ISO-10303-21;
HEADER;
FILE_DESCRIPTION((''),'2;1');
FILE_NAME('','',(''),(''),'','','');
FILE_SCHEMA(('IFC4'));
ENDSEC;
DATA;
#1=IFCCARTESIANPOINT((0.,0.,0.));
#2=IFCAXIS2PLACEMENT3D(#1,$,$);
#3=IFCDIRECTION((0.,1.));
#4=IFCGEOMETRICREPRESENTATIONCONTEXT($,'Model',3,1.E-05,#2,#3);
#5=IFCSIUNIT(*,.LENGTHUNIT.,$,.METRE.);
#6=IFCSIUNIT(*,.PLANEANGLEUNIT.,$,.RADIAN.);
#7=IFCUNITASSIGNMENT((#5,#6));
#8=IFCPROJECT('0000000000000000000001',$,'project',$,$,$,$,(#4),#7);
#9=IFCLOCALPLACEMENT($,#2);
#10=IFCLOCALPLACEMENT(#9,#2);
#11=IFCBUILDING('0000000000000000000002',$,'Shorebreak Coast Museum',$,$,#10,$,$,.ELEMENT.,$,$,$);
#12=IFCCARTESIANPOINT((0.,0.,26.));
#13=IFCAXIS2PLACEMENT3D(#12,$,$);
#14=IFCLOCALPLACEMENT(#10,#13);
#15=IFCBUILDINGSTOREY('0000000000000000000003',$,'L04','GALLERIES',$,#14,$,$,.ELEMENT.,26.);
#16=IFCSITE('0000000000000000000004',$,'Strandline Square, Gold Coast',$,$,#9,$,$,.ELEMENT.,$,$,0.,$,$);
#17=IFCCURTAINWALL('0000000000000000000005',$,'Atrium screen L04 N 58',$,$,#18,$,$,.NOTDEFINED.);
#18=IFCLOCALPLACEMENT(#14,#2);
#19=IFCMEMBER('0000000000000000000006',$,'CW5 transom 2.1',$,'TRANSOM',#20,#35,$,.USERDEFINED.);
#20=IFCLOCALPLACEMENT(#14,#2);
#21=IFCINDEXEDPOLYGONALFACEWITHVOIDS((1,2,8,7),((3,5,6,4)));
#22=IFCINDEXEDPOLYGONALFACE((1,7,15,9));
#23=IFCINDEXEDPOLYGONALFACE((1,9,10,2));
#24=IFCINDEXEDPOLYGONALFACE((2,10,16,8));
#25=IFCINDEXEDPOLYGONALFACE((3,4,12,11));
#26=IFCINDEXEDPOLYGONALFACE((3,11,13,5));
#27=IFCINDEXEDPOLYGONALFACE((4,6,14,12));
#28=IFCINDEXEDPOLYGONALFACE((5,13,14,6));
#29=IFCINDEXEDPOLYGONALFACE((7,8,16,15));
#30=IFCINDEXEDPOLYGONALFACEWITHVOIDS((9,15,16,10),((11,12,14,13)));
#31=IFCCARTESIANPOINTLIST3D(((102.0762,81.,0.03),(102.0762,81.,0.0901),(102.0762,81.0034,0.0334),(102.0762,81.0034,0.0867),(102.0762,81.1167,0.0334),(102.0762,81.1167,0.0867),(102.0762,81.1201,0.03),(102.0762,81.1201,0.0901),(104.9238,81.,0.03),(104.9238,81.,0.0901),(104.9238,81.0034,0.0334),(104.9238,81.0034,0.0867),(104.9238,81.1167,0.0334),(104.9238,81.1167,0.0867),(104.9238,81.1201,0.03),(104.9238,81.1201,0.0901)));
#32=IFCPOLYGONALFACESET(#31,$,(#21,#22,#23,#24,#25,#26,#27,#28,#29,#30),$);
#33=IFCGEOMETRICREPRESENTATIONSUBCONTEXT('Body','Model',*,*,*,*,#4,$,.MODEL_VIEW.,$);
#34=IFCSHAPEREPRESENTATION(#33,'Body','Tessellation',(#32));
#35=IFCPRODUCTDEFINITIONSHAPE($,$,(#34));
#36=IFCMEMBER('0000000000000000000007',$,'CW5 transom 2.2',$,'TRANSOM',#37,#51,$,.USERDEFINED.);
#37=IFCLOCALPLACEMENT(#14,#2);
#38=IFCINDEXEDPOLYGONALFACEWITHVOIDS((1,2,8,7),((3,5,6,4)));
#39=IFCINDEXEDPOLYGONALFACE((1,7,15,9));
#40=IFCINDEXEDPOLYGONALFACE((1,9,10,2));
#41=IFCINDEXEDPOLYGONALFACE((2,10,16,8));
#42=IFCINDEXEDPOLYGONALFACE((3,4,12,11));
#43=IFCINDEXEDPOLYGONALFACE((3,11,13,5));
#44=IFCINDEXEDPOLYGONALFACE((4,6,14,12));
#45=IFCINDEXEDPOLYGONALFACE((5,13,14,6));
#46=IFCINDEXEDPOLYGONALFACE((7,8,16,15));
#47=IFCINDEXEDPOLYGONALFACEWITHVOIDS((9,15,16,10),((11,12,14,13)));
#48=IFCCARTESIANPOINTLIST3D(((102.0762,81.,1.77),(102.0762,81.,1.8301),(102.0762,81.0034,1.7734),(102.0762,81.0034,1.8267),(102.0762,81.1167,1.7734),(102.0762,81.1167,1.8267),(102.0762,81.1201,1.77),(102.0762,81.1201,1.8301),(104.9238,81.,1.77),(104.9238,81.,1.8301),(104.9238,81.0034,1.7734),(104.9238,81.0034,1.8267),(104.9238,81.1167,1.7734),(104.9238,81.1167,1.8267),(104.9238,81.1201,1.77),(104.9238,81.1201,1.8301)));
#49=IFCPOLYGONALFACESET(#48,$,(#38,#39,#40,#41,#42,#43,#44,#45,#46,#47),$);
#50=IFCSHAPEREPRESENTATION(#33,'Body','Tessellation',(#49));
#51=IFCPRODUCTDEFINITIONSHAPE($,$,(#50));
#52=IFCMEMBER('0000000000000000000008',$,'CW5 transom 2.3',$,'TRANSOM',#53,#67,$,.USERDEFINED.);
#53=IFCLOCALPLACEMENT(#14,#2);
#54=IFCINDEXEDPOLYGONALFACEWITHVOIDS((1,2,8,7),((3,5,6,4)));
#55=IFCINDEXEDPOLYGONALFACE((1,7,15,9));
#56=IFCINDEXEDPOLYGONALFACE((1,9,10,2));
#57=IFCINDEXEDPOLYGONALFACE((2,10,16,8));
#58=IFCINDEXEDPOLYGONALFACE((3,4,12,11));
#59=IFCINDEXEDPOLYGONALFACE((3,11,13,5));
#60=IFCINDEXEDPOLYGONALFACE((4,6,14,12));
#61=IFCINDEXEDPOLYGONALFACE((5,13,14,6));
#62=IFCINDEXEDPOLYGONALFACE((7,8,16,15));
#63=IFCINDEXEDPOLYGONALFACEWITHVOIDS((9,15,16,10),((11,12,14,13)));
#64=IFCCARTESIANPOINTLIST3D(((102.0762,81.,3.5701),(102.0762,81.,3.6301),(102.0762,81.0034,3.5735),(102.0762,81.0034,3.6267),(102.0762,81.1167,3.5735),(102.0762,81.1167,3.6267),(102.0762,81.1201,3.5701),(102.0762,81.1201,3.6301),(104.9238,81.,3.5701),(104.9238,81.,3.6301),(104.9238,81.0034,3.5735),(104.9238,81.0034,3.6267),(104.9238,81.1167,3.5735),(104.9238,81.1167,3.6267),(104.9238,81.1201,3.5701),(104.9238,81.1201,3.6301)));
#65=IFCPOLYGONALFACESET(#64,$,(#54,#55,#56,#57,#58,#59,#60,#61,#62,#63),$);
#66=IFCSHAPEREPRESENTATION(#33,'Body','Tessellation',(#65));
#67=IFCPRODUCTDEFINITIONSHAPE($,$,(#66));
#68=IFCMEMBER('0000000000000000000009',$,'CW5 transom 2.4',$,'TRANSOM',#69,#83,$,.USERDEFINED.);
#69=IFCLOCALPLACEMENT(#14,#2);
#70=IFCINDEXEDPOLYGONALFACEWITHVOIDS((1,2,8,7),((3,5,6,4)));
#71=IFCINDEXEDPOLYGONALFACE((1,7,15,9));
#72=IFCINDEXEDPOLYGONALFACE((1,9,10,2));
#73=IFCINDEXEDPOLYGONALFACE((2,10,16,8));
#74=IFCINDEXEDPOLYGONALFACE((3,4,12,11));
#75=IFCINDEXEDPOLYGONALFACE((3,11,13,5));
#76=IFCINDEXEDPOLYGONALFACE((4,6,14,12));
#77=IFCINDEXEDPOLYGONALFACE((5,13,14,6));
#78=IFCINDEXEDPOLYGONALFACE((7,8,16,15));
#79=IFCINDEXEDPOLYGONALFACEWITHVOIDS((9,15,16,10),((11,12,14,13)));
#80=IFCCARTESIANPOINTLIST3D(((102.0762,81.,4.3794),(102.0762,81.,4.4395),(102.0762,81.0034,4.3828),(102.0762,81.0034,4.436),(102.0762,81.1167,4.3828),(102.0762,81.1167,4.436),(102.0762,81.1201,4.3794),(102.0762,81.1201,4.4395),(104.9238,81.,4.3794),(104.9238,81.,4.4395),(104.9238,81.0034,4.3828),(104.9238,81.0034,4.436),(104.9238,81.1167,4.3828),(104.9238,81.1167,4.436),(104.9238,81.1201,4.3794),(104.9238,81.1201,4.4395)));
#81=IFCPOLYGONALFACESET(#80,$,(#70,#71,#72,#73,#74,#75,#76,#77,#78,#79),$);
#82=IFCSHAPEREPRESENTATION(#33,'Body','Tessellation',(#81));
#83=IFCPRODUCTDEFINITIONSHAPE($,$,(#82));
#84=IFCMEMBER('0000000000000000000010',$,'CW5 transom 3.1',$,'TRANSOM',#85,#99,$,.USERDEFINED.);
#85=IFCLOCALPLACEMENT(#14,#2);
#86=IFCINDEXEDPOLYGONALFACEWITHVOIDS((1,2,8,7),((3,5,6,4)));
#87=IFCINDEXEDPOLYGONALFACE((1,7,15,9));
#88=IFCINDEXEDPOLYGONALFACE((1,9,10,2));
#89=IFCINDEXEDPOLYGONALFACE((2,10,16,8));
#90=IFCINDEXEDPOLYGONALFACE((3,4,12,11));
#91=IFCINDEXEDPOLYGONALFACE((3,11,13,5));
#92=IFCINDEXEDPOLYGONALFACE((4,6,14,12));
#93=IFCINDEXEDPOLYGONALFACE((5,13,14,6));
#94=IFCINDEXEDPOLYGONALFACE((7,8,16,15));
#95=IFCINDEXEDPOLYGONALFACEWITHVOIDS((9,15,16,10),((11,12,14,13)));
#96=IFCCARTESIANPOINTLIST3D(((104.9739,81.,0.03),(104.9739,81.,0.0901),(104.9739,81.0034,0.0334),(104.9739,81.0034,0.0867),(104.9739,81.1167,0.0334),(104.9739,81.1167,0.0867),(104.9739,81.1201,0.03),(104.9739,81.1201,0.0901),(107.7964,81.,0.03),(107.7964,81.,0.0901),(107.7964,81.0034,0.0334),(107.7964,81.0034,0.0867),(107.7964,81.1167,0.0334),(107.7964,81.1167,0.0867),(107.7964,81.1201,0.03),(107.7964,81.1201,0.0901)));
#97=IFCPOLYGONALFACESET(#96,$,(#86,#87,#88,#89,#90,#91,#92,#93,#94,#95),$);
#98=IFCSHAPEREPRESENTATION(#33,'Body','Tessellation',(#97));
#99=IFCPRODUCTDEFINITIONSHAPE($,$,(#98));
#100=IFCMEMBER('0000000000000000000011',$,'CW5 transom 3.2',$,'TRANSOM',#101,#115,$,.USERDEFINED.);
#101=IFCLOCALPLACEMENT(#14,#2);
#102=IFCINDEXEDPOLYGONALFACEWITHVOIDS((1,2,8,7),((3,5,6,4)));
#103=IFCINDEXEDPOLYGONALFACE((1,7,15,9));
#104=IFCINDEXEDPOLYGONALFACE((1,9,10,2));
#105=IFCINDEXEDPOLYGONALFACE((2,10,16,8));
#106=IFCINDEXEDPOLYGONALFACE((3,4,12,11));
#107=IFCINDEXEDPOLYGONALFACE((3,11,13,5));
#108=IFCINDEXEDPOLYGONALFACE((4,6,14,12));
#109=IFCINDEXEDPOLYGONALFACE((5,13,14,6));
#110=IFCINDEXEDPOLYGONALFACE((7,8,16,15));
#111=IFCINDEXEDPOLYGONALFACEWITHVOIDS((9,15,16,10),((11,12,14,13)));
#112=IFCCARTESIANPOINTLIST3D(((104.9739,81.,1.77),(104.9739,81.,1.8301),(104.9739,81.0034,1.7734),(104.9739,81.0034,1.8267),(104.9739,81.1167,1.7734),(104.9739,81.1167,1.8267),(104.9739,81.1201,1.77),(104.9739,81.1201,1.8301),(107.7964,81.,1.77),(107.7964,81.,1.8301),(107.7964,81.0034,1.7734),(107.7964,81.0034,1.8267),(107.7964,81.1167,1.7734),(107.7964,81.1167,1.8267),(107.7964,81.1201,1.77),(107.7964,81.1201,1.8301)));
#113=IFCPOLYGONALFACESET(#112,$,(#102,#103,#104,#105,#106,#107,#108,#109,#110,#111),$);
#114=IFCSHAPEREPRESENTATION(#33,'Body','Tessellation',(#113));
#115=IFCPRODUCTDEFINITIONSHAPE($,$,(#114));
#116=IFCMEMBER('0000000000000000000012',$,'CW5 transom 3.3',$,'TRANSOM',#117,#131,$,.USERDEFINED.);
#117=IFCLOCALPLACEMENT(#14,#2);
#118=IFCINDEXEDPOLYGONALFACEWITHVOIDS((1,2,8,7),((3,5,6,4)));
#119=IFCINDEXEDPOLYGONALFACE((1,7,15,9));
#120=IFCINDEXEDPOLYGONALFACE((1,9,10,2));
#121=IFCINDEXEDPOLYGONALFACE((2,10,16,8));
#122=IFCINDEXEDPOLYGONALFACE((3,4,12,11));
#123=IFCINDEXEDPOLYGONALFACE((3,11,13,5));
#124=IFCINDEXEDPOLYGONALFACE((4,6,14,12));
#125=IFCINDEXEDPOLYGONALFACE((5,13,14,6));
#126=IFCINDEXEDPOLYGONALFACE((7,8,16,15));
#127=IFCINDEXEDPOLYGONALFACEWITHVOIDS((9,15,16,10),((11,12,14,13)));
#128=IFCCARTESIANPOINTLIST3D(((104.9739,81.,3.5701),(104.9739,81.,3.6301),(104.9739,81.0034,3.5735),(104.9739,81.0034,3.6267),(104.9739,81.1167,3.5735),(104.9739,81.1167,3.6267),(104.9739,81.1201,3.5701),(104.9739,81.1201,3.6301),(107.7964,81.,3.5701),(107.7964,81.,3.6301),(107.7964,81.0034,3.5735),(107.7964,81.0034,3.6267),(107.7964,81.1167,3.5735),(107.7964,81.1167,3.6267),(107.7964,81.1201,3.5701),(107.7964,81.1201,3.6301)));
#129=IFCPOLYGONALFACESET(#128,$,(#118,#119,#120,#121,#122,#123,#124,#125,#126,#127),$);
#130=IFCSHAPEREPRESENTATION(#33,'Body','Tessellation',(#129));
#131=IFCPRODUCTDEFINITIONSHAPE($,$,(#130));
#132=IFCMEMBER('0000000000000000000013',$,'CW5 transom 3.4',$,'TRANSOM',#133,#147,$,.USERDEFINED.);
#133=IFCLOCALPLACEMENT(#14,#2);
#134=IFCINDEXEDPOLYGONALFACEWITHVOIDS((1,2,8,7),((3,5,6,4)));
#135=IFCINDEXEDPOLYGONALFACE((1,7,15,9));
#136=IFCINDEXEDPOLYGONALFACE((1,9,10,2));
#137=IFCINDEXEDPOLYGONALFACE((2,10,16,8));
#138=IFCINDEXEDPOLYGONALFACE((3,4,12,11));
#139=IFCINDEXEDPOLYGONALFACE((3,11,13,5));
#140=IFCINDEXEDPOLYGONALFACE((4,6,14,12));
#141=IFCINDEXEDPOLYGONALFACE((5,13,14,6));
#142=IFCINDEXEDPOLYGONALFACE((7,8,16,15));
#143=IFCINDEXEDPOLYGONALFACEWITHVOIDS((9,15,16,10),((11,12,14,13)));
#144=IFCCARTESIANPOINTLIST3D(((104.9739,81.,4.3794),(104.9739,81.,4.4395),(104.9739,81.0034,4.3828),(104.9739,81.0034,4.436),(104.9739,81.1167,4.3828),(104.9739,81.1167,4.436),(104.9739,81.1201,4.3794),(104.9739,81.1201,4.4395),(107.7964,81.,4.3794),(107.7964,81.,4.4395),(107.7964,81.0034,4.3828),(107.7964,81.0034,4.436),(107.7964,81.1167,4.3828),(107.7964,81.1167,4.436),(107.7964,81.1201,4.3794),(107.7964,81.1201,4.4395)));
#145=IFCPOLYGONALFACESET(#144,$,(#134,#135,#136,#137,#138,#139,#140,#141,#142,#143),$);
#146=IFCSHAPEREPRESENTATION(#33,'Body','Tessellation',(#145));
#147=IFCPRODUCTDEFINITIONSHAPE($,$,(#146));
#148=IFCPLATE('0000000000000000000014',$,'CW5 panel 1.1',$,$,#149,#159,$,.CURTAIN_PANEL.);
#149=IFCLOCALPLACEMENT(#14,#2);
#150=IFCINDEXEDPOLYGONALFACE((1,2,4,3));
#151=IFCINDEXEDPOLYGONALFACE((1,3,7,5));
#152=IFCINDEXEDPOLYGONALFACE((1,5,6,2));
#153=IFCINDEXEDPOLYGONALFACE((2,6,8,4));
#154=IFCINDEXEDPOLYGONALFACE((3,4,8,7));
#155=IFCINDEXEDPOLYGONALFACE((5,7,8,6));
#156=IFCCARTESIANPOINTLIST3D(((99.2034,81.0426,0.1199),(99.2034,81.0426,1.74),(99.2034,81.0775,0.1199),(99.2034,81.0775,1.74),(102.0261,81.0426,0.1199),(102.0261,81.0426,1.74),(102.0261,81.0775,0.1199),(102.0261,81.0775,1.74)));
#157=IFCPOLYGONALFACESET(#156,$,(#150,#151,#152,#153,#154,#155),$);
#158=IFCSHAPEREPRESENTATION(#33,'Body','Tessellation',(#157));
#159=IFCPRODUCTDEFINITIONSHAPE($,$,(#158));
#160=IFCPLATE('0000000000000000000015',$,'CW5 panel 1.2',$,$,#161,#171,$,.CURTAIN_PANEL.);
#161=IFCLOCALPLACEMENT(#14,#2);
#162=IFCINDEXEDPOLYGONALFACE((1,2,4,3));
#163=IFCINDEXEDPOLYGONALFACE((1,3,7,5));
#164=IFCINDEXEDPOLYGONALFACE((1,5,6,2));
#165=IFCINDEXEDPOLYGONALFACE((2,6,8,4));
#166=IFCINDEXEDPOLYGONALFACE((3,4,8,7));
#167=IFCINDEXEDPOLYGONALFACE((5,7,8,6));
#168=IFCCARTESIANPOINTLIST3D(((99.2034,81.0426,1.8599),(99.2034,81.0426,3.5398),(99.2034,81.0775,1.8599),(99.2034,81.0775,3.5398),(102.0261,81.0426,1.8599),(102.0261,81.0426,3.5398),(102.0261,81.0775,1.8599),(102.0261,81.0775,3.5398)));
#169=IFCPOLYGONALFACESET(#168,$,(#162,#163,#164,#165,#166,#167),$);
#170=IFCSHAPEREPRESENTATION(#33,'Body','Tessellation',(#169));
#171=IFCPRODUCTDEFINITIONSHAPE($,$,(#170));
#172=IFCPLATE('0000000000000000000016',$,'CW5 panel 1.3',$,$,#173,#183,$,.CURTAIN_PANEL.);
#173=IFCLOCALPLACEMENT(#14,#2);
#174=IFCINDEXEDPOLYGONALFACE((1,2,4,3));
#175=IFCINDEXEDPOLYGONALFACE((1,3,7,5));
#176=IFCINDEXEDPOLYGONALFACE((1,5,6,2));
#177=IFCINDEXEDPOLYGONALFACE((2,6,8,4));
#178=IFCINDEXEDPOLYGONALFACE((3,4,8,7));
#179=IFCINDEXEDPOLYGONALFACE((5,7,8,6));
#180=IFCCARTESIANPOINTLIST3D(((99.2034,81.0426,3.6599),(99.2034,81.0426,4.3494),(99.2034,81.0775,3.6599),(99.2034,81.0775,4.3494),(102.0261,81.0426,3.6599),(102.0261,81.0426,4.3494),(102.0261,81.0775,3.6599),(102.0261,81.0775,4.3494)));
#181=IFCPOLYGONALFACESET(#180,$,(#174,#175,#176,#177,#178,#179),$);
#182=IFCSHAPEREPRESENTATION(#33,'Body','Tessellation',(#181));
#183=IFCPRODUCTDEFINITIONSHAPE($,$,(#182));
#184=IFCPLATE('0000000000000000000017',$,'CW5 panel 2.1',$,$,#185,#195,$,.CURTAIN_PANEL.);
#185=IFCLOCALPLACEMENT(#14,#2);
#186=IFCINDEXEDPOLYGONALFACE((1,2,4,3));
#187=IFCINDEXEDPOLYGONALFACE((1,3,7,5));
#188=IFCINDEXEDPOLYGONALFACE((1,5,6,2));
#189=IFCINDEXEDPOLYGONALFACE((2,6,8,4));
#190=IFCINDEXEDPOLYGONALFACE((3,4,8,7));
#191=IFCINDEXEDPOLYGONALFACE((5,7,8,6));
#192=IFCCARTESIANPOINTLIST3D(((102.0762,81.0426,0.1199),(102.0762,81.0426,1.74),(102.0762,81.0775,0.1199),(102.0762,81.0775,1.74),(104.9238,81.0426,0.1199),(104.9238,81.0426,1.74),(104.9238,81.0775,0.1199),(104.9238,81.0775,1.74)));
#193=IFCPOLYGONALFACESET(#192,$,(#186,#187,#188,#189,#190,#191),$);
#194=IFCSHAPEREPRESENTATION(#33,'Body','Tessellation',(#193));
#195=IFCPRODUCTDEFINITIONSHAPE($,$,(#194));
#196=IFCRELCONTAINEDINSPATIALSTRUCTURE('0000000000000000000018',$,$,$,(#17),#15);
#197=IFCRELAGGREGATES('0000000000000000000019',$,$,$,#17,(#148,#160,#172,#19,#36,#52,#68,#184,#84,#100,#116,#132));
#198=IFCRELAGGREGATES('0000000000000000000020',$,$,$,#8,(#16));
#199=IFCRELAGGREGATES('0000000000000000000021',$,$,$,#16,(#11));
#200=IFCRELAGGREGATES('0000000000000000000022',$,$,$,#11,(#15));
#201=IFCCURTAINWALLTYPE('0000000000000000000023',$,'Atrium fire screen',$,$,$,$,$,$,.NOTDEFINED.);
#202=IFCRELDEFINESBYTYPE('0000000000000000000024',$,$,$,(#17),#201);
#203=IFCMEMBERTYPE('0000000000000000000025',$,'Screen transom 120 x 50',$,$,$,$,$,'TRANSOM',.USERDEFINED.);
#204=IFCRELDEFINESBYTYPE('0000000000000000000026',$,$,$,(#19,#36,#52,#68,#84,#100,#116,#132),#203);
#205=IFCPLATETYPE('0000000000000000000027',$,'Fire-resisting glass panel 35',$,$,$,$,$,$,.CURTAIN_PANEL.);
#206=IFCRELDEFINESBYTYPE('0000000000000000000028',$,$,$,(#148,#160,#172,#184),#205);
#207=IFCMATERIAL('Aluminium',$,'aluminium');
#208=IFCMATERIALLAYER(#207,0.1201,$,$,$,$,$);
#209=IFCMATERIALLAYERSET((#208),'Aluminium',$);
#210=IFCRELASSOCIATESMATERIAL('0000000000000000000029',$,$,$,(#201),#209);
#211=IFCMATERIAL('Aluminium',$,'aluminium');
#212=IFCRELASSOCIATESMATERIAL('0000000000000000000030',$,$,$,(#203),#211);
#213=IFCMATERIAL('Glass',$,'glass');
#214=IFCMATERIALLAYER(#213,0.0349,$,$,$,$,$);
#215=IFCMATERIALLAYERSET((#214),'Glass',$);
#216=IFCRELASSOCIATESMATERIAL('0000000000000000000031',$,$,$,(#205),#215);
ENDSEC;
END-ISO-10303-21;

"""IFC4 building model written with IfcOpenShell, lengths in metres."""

from ifc_helpers import new_model, si_unit, direction, frame, origin, origin_2d, place, context, subcontext, project, spatial, rectangle, hollow_rectangle, extrude, material, layer, layer_set, material_profile, profile_set, type_object, element, aggregate, save


model = new_model("IFC4")

# Units and contexts
model_context = context("Model", 3, precision=1e-05, world=origin(), true_north=direction((0.0, 1.0)))
body_context = subcontext(model_context, "Body", "Model", "MODEL_VIEW")
ifc_project = project(units=[si_unit("LENGTHUNIT", "METRE"), si_unit("PLANEANGLEUNIT", "RADIAN")], contexts=[model_context])

# Site, building, storey
site_placement = place(None, origin())
site = spatial("IfcSite", under=ifc_project, at=site_placement, Name="Strandline Square, Gold Coast", CompositionType="ELEMENT", RefElevation=0.0)
building_placement = place(site_placement, origin())
building = spatial("IfcBuilding", under=site, at=building_placement, Name="Shorebreak Coast Museum", CompositionType="ELEMENT")
storey_placement = place(building_placement, frame((0.0, 0.0, 26.0)))
storey = spatial("IfcBuildingStorey", under=building, at=storey_placement, Name="L04", Description="GALLERIES", CompositionType="ELEMENT", Elevation=26.0)

# Curtain wall, members, plates
ifc_material_1 = material(Name="Aluminium", Category="aluminium")
ifc_layer_1 = layer(ifc_material_1, 0.1201)
ifc_layer_set_1 = layer_set([ifc_layer_1], Name="Aluminium")
curtain_wall_type = type_object("IfcCurtainWallType", Name="Atrium fire screen", PredefinedType="NOTDEFINED", material=ifc_layer_set_1)
curtain_wall_placement = place(storey_placement, origin())
curtain_wall = element("IfcCurtainWall", 1, at=curtain_wall_placement, inside=storey, type_object=curtain_wall_type, Name="Atrium screen L04 N 58", PredefinedType="NOTDEFINED")
ifc_material_2 = material(Name="Aluminium", Category="aluminium")
ifc_material_profile_1 = material_profile(ifc_material_2, hollow_rectangle(XDim=0.1201, YDim=0.0601, WallThickness=0.0034, at=origin_2d()), Name="AL 60x120 RHS")
ifc_profile_set_1 = profile_set([ifc_material_profile_1], Name="Aluminium")
member_type_1 = type_object("IfcMemberType", Name="Screen transom 120 x 50", ElementType="TRANSOM", PredefinedType="USERDEFINED", material=ifc_profile_set_1)
member_1_placement = place(storey_placement, frame((102.0762, 81.0601, 0.0601), z_axis=(1.0, 0.0, 0.0), x_axis=(0.0, 1.0, 0.0)))
member_1 = element("IfcMember", 2, at=member_1_placement, type_object=member_type_1, Name="CW5 transom 2.1", ObjectType="TRANSOM", PredefinedType="USERDEFINED", context=body_context, shape_type="SweptSolid", body=[
    extrude(hollow_rectangle(XDim=0.1201, YDim=0.0601, WallThickness=0.0034, at=origin_2d()), origin(), (0.0, 0.0, 1.0), 2.8477),
])
member_2_placement = place(storey_placement, frame((102.0762, 81.0601, 1.8), z_axis=(1.0, 0.0, 0.0), x_axis=(0.0, 1.0, 0.0)))
member_2 = element("IfcMember", 3, at=member_2_placement, type_object=member_type_1, Name="CW5 transom 2.2", ObjectType="TRANSOM", PredefinedType="USERDEFINED", context=body_context, shape_type="SweptSolid", body=[
    extrude(hollow_rectangle(XDim=0.1201, YDim=0.0601, WallThickness=0.0034, at=origin_2d()), origin(), (0.0, 0.0, 1.0), 2.8477),
])
member_3_placement = place(storey_placement, frame((102.0762, 81.0601, 3.6001), z_axis=(1.0, 0.0, 0.0), x_axis=(0.0, 1.0, 0.0)))
member_3 = element("IfcMember", 4, at=member_3_placement, type_object=member_type_1, Name="CW5 transom 2.3", ObjectType="TRANSOM", PredefinedType="USERDEFINED", context=body_context, shape_type="SweptSolid", body=[
    extrude(hollow_rectangle(XDim=0.1201, YDim=0.0601, WallThickness=0.0034, at=origin_2d()), origin(), (0.0, 0.0, 1.0), 2.8477),
])
member_4_placement = place(storey_placement, frame((102.0762, 81.0601, 4.4094), z_axis=(1.0, 0.0, 0.0), x_axis=(0.0, 1.0, 0.0)))
member_4 = element("IfcMember", 5, at=member_4_placement, type_object=member_type_1, Name="CW5 transom 2.4", ObjectType="TRANSOM", PredefinedType="USERDEFINED", context=body_context, shape_type="SweptSolid", body=[
    extrude(hollow_rectangle(XDim=0.1201, YDim=0.0601, WallThickness=0.0034, at=origin_2d()), origin(), (0.0, 0.0, 1.0), 2.8477),
])
member_5_placement = place(storey_placement, frame((104.9739, 81.0601, 0.0601), z_axis=(1.0, 0.0, 0.0), x_axis=(0.0, 1.0, 0.0)))
member_5 = element("IfcMember", 6, at=member_5_placement, type_object=member_type_1, Name="CW5 transom 3.1", ObjectType="TRANSOM", PredefinedType="USERDEFINED", context=body_context, shape_type="SweptSolid", body=[
    extrude(hollow_rectangle(XDim=0.1201, YDim=0.0601, WallThickness=0.0034, at=origin_2d()), origin(), (0.0, 0.0, 1.0), 2.8225),
])
member_6_placement = place(storey_placement, frame((104.9739, 81.0601, 1.8), z_axis=(1.0, 0.0, 0.0), x_axis=(0.0, 1.0, 0.0)))
member_6 = element("IfcMember", 7, at=member_6_placement, type_object=member_type_1, Name="CW5 transom 3.2", ObjectType="TRANSOM", PredefinedType="USERDEFINED", context=body_context, shape_type="SweptSolid", body=[
    extrude(hollow_rectangle(XDim=0.1201, YDim=0.0601, WallThickness=0.0034, at=origin_2d()), origin(), (0.0, 0.0, 1.0), 2.8225),
])
member_7_placement = place(storey_placement, frame((104.9739, 81.0601, 3.6001), z_axis=(1.0, 0.0, 0.0), x_axis=(0.0, 1.0, 0.0)))
member_7 = element("IfcMember", 8, at=member_7_placement, type_object=member_type_1, Name="CW5 transom 3.3", ObjectType="TRANSOM", PredefinedType="USERDEFINED", context=body_context, shape_type="SweptSolid", body=[
    extrude(hollow_rectangle(XDim=0.1201, YDim=0.0601, WallThickness=0.0034, at=origin_2d()), origin(), (0.0, 0.0, 1.0), 2.8225),
])
member_8_placement = place(storey_placement, frame((104.9739, 81.0601, 4.4094), z_axis=(1.0, 0.0, 0.0), x_axis=(0.0, 1.0, 0.0)))
member_8 = element("IfcMember", 9, at=member_8_placement, type_object=member_type_1, Name="CW5 transom 3.4", ObjectType="TRANSOM", PredefinedType="USERDEFINED", context=body_context, shape_type="SweptSolid", body=[
    extrude(hollow_rectangle(XDim=0.1201, YDim=0.0601, WallThickness=0.0034, at=origin_2d()), origin(), (0.0, 0.0, 1.0), 2.8225),
])
ifc_material_3 = material(Name="Glass", Category="glass")
ifc_layer_2 = layer(ifc_material_3, 0.0349)
ifc_layer_set_2 = layer_set([ifc_layer_2], Name="Glass")
plate_type = type_object("IfcPlateType", Name="Fire-resisting glass panel 35", PredefinedType="CURTAIN_PANEL", material=ifc_layer_set_2)
plate_1_placement = place(storey_placement, frame((100.6147, 81.0601, 0.1199), z_axis=(0.0, 0.0, 1.0), x_axis=(1.0, 0.0, 0.0)))
plate_1 = element("IfcPlate", 10, at=plate_1_placement, type_object=plate_type, Name="CW5 panel 1.1", PredefinedType="CURTAIN_PANEL", context=body_context, shape_type="SweptSolid", body=[
    extrude(rectangle(XDim=2.8228, YDim=0.0349, at=origin_2d()), origin(), (0.0, 0.0, 1.0), 1.6201),
])
plate_2_placement = place(storey_placement, frame((100.6147, 81.0601, 1.8599), z_axis=(0.0, 0.0, 1.0), x_axis=(1.0, 0.0, 0.0)))
plate_2 = element("IfcPlate", 11, at=plate_2_placement, type_object=plate_type, Name="CW5 panel 1.2", PredefinedType="CURTAIN_PANEL", context=body_context, shape_type="SweptSolid", body=[
    extrude(rectangle(XDim=2.8228, YDim=0.0349, at=origin_2d()), origin(), (0.0, 0.0, 1.0), 1.6799),
])
plate_3_placement = place(storey_placement, frame((100.6147, 81.0601, 3.6599), z_axis=(0.0, 0.0, 1.0), x_axis=(1.0, 0.0, 0.0)))
plate_3 = element("IfcPlate", 12, at=plate_3_placement, type_object=plate_type, Name="CW5 panel 1.3", PredefinedType="CURTAIN_PANEL", context=body_context, shape_type="SweptSolid", body=[
    extrude(rectangle(XDim=2.8228, YDim=0.0349, at=origin_2d()), origin(), (0.0, 0.0, 1.0), 0.6895),
])
plate_4_placement = place(storey_placement, frame((103.5, 81.0601, 0.1199), z_axis=(0.0, 0.0, 1.0), x_axis=(1.0, 0.0, 0.0)))
plate_4 = element("IfcPlate", 13, at=plate_4_placement, type_object=plate_type, Name="CW5 panel 2.1", PredefinedType="CURTAIN_PANEL", context=body_context, shape_type="SweptSolid", body=[
    extrude(rectangle(XDim=2.8477, YDim=0.0349, at=origin_2d()), origin(), (0.0, 0.0, 1.0), 1.6201),
])
aggregate(curtain_wall, [plate_1, plate_2, plate_3, member_1, member_2, member_3, member_4, plate_4, member_5, member_6, member_7, member_8])

save(model, "model.ifc")
